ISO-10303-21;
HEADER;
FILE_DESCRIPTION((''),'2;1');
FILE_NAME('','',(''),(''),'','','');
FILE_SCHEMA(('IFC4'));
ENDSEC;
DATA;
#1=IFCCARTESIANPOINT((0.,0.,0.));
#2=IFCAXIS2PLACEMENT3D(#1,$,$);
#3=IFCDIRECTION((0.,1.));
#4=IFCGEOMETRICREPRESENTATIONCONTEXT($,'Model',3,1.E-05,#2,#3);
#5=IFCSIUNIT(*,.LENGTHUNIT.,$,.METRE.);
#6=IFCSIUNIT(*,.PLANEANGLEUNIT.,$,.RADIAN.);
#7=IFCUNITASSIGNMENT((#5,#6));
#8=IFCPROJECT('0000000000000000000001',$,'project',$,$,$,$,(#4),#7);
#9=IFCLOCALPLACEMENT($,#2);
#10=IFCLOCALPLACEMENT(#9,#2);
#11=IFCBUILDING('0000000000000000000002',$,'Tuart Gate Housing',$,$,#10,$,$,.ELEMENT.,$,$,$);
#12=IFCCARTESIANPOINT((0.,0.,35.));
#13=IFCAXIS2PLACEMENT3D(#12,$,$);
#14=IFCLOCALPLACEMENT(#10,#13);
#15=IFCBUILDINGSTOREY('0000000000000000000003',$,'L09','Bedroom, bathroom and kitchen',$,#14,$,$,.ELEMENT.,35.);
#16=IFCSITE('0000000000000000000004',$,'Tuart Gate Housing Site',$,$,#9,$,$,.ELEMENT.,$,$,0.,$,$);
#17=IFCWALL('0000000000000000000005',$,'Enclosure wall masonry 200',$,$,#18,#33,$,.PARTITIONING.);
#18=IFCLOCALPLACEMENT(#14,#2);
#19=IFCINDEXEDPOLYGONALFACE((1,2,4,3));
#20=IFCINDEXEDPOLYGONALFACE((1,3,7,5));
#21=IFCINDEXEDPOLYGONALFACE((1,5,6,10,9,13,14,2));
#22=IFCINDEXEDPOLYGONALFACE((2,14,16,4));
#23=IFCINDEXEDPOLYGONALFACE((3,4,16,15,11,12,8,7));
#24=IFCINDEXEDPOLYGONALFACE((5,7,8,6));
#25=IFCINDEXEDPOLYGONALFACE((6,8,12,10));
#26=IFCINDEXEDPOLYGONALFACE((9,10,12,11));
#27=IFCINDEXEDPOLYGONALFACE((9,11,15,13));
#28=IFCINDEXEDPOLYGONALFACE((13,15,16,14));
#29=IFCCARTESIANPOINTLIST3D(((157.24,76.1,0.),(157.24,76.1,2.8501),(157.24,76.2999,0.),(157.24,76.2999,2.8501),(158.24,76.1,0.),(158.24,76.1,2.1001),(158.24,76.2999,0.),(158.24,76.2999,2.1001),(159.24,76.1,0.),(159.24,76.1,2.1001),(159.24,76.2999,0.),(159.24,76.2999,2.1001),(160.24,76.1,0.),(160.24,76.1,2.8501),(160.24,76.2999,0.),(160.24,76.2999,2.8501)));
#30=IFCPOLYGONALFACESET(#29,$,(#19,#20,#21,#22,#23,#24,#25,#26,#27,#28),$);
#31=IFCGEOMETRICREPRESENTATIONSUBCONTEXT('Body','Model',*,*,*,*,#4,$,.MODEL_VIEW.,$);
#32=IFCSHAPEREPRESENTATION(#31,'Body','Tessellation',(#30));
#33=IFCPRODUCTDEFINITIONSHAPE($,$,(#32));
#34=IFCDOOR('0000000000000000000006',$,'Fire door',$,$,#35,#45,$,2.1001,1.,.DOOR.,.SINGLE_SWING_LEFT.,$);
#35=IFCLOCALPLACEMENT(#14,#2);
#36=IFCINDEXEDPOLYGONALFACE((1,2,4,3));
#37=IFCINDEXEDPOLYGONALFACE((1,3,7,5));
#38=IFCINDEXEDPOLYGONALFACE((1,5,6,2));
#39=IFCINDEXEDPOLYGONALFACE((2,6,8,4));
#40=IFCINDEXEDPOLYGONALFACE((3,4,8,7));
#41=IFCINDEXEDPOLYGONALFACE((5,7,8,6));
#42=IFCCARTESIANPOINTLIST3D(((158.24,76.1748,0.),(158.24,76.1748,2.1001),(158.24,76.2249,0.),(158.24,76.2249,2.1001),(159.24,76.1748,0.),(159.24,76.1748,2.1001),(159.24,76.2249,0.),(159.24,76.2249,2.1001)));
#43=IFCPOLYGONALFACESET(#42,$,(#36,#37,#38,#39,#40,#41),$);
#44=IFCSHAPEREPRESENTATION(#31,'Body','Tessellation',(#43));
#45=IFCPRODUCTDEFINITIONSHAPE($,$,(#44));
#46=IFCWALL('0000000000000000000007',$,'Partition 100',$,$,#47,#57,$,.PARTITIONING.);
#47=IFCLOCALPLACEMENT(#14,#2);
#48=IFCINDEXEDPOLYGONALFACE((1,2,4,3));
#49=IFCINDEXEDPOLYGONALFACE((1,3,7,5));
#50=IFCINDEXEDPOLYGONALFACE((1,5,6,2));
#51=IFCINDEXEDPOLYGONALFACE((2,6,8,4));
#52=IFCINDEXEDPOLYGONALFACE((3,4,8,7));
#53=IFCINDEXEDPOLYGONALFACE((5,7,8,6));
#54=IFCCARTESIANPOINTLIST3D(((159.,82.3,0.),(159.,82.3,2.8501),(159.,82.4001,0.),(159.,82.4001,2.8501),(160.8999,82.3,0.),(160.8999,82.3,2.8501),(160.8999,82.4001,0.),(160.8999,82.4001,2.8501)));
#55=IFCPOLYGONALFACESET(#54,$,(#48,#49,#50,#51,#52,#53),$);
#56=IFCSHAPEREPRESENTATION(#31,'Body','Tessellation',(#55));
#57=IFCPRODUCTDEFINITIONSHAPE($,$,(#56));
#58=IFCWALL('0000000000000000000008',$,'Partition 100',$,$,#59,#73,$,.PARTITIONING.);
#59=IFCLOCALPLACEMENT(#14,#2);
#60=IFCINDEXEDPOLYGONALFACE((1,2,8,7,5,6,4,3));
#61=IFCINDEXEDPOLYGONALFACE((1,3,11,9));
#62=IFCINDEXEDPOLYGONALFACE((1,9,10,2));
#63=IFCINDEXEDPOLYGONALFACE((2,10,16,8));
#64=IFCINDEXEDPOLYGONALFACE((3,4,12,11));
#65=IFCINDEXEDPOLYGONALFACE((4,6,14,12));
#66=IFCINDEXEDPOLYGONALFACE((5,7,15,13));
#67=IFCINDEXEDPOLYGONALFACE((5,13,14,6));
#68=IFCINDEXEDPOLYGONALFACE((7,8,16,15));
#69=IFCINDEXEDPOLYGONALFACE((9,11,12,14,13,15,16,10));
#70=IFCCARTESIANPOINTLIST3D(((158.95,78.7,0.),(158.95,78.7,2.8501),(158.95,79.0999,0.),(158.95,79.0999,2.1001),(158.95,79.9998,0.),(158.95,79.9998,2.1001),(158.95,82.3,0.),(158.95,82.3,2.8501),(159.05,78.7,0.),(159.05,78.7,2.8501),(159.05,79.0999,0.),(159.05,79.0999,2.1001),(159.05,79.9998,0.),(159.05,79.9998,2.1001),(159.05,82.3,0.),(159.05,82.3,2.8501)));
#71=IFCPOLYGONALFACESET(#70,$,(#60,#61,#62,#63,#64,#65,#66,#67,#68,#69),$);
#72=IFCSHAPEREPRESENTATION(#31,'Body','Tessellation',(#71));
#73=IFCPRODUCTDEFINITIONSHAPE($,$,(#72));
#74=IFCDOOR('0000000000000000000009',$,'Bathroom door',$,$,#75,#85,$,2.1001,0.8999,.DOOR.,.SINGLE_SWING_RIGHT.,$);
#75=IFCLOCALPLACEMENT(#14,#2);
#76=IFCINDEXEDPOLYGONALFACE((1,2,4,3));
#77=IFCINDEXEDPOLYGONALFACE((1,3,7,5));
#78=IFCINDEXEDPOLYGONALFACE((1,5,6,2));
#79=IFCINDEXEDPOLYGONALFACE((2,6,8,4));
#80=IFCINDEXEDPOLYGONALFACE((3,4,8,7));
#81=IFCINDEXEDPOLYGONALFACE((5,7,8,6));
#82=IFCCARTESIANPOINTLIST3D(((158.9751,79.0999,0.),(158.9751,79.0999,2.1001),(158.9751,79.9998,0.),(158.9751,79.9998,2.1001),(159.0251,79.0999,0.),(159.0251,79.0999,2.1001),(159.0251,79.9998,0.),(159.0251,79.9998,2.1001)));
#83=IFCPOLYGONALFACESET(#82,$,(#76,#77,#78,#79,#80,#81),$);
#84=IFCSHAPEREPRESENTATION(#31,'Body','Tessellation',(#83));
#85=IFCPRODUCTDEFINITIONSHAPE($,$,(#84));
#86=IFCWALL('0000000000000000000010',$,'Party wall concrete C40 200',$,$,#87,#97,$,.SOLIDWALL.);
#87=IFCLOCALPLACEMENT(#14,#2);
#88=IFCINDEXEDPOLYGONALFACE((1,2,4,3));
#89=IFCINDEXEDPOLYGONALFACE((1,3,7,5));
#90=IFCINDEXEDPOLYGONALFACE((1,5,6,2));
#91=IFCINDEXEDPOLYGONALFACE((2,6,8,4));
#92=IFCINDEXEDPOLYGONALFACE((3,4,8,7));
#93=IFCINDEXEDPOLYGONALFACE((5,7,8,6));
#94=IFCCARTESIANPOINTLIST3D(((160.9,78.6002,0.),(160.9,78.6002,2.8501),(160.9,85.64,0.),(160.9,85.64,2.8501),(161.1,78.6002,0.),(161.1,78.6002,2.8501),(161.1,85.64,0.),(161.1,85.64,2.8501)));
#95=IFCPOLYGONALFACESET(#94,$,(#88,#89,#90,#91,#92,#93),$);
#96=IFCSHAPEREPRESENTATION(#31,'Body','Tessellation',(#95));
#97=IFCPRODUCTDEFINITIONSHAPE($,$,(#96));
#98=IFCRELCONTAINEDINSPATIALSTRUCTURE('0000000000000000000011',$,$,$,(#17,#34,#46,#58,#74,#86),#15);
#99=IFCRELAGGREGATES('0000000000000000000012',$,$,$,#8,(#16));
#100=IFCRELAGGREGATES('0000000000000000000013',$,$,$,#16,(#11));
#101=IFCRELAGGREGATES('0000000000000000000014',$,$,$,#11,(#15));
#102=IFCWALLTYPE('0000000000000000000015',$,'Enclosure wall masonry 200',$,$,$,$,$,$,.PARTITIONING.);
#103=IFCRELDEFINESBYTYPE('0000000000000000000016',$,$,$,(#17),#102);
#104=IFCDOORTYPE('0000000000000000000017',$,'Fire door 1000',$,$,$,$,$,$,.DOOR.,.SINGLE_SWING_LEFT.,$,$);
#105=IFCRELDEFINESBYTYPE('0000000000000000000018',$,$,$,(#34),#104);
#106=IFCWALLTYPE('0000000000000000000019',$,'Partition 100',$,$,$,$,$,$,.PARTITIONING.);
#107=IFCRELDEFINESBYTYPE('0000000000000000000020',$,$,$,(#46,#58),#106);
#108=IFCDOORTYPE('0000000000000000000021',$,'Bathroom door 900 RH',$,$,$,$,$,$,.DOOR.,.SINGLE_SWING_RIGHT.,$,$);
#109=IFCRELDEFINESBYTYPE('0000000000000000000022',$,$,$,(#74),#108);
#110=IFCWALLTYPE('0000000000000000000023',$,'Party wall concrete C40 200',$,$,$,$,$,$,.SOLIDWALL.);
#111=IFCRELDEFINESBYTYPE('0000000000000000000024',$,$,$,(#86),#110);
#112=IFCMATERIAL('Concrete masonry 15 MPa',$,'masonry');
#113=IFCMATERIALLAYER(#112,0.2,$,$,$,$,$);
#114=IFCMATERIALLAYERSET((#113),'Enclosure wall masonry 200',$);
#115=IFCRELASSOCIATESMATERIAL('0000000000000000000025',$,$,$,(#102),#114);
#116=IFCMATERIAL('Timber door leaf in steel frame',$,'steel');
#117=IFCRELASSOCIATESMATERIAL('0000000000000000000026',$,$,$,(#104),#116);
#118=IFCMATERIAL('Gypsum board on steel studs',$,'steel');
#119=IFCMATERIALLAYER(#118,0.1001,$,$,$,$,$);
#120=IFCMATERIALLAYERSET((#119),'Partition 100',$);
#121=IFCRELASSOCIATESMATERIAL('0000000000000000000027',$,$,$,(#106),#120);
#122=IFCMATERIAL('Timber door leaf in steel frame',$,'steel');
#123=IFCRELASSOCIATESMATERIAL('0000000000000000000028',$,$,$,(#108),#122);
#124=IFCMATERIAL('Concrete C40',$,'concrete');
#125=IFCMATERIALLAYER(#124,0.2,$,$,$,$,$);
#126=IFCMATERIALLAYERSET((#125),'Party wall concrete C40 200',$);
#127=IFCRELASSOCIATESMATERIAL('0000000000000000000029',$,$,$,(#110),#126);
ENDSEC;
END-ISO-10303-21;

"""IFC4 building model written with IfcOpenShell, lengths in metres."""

from ifc_helpers import new_model, si_unit, direction, frame, frame_2d, origin, place, context, subcontext, project, spatial, rectangle, extrude, material, layer, layer_set, type_object, element, fill, save


model = new_model("IFC4")

# Units and contexts
model_context = context("Model", 3, precision=1e-05, world=origin(), true_north=direction((0.0, 1.0)))
body_context = subcontext(model_context, "Body", "Model", "MODEL_VIEW")
ifc_project = project(units=[si_unit("LENGTHUNIT", "METRE"), si_unit("PLANEANGLEUNIT", "RADIAN")], contexts=[model_context])

# Site, building, storey
site_placement = place(None, origin())
site = spatial("IfcSite", under=ifc_project, at=site_placement, Name="Tuart Gate Housing Site", CompositionType="ELEMENT", RefElevation=0.0)
building_placement = place(site_placement, origin())
building = spatial("IfcBuilding", under=site, at=building_placement, Name="Tuart Gate Housing", CompositionType="ELEMENT")
storey_placement = place(building_placement, frame((0.0, 0.0, 35.0)))
storey = spatial("IfcBuildingStorey", under=building, at=storey_placement, Name="L09", Description="Bedroom, bathroom and kitchen", CompositionType="ELEMENT", Elevation=35.0)

# Wall, opening, door
ifc_material_1 = material(Name="Concrete masonry 15 MPa", Category="masonry")
ifc_layer_1 = layer(ifc_material_1, 0.2)
ifc_layer_set_1 = layer_set([ifc_layer_1], Name="Enclosure wall masonry 200")
wall_type_1 = type_object("IfcWallType", Name="Enclosure wall masonry 200", PredefinedType="PARTITIONING", material=ifc_layer_set_1)
wall_1_placement = place(storey_placement, frame((157.24, 76.2, 0.0), z_axis=(0.0, 0.0, 1.0), x_axis=(1.0, 0.0, 0.0)))
wall_1 = element("IfcWall", 1, at=wall_1_placement, inside=storey, type_object=wall_type_1, Name="Enclosure wall masonry 200", PredefinedType="PARTITIONING", context=body_context, shape_type="SweptSolid", body=[
    extrude(rectangle(XDim=3.0, YDim=0.2, at=frame_2d((1.5, 0.0))), origin(), (0.0, 0.0, 1.0), 2.8501),
])
opening_1_placement = place(wall_1_placement, frame((1.0, 0.0, 0.0)))
opening_1 = element("IfcOpeningElement", 2, at=opening_1_placement, cuts=wall_1, PredefinedType="OPENING", context=body_context, shape_type="SweptSolid", body=[
    extrude(rectangle(XDim=1.0, YDim=2.1001, at=frame_2d((0.5, 1.05))), frame((0.0, 0.1099, 0.0), z_axis=(0.0, -1.0, 0.0), x_axis=(1.0, 0.0, 0.0)), (0.0, 0.0, 1.0), 0.22),
])
ifc_material_2 = material(Name="Timber door leaf in steel frame", Category="steel")
door_type_1 = type_object("IfcDoorType", Name="Fire door 1000", OperationType="SINGLE_SWING_LEFT", PredefinedType="DOOR", material=ifc_material_2)
door_1_placement = place(opening_1_placement, origin())
door_1 = element("IfcDoor", 3, at=door_1_placement, inside=storey, type_object=door_type_1, Name="Fire door", OperationType="SINGLE_SWING_LEFT", OverallHeight=2.1001, OverallWidth=1.0, PredefinedType="DOOR", context=body_context, shape_type="SweptSolid", body=[
    extrude(rectangle(XDim=1.0, YDim=2.1001, at=frame_2d((0.5, 1.05))), frame((0.0, 0.0249, 0.0), z_axis=(0.0, -1.0, 0.0), x_axis=(1.0, 0.0, 0.0)), (0.0, 0.0, 1.0), 0.05),
])
fill(opening_1, door_1)

# Wall
ifc_material_3 = material(Name="Gypsum board on steel studs", Category="steel")
ifc_layer_2 = layer(ifc_material_3, 0.1001)
ifc_layer_set_2 = layer_set([ifc_layer_2], Name="Partition 100")
wall_type_2 = type_object("IfcWallType", Name="Partition 100", PredefinedType="PARTITIONING", material=ifc_layer_set_2)
wall_2_placement = place(storey_placement, frame((159.0, 82.3501, 0.0), z_axis=(0.0, 0.0, 1.0), x_axis=(1.0, 0.0, 0.0)))
element("IfcWall", 4, at=wall_2_placement, inside=storey, type_object=wall_type_2, Name="Partition 100", PredefinedType="PARTITIONING", context=body_context, shape_type="SweptSolid", body=[
    extrude(rectangle(XDim=1.8999, YDim=0.1001, at=frame_2d((0.95, 0.0))), origin(), (0.0, 0.0, 1.0), 2.8501),
])

# Wall, opening, door
wall_3_placement = place(storey_placement, frame((159.0, 78.7, 0.0), z_axis=(0.0, 0.0, 1.0), x_axis=(0.0, 1.0, 0.0)))
wall_3 = element("IfcWall", 5, at=wall_3_placement, inside=storey, type_object=wall_type_2, Name="Partition 100", PredefinedType="PARTITIONING", context=body_context, shape_type="SweptSolid", body=[
    extrude(rectangle(XDim=3.6001, YDim=0.1001, at=frame_2d((1.8, 0.0))), origin(), (0.0, 0.0, 1.0), 2.8501),
])
opening_2_placement = place(wall_3_placement, frame((0.3999, 0.0, 0.0)))
opening_2 = element("IfcOpeningElement", 6, at=opening_2_placement, cuts=wall_3, PredefinedType="OPENING", context=body_context, shape_type="SweptSolid", body=[
    extrude(rectangle(XDim=0.8999, YDim=2.1001, at=frame_2d((0.45, 1.05))), frame((0.0, 0.0601, 0.0), z_axis=(0.0, -1.0, 0.0), x_axis=(1.0, 0.0, 0.0)), (0.0, 0.0, 1.0), 0.1201),
])
ifc_material_4 = material(Name="Timber door leaf in steel frame", Category="steel")
door_type_2 = type_object("IfcDoorType", Name="Bathroom door 900 RH", OperationType="SINGLE_SWING_RIGHT", PredefinedType="DOOR", material=ifc_material_4)
door_2_placement = place(opening_2_placement, frame((0.8999, 0.0, 0.0), z_axis=(0.0, 0.0, 1.0), x_axis=(-1.0, 0.0, 0.0)))
door_2 = element("IfcDoor", 7, at=door_2_placement, inside=storey, type_object=door_type_2, Name="Bathroom door", OperationType="SINGLE_SWING_RIGHT", OverallHeight=2.1001, OverallWidth=0.8999, PredefinedType="DOOR", context=body_context, shape_type="SweptSolid", body=[
    extrude(rectangle(XDim=0.8999, YDim=2.1001, at=frame_2d((0.45, 1.05))), frame((0.0, 0.0251, 0.0), z_axis=(0.0, -1.0, 0.0), x_axis=(1.0, 0.0, 0.0)), (0.0, 0.0, 1.0), 0.05),
])
fill(opening_2, door_2)

# Wall
ifc_material_5 = material(Name="Concrete C40", Category="concrete")
ifc_layer_3 = layer(ifc_material_5, 0.2)
ifc_layer_set_3 = layer_set([ifc_layer_3], Name="Party wall concrete C40 200")
wall_type_3 = type_object("IfcWallType", Name="Party wall concrete C40 200", PredefinedType="SOLIDWALL", material=ifc_layer_set_3)
wall_4_placement = place(storey_placement, frame((161.0, 78.6001, 0.0), z_axis=(0.0, 0.0, 1.0), x_axis=(0.0, 1.0, 0.0)))
element("IfcWall", 8, at=wall_4_placement, inside=storey, type_object=wall_type_3, Name="Party wall concrete C40 200", PredefinedType="SOLIDWALL", context=body_context, shape_type="SweptSolid", body=[
    extrude(rectangle(XDim=7.0398, YDim=0.2, at=frame_2d((3.52, 0.0))), origin(), (0.0, 0.0, 1.0), 2.8501),
])

save(model, "model.ifc")
